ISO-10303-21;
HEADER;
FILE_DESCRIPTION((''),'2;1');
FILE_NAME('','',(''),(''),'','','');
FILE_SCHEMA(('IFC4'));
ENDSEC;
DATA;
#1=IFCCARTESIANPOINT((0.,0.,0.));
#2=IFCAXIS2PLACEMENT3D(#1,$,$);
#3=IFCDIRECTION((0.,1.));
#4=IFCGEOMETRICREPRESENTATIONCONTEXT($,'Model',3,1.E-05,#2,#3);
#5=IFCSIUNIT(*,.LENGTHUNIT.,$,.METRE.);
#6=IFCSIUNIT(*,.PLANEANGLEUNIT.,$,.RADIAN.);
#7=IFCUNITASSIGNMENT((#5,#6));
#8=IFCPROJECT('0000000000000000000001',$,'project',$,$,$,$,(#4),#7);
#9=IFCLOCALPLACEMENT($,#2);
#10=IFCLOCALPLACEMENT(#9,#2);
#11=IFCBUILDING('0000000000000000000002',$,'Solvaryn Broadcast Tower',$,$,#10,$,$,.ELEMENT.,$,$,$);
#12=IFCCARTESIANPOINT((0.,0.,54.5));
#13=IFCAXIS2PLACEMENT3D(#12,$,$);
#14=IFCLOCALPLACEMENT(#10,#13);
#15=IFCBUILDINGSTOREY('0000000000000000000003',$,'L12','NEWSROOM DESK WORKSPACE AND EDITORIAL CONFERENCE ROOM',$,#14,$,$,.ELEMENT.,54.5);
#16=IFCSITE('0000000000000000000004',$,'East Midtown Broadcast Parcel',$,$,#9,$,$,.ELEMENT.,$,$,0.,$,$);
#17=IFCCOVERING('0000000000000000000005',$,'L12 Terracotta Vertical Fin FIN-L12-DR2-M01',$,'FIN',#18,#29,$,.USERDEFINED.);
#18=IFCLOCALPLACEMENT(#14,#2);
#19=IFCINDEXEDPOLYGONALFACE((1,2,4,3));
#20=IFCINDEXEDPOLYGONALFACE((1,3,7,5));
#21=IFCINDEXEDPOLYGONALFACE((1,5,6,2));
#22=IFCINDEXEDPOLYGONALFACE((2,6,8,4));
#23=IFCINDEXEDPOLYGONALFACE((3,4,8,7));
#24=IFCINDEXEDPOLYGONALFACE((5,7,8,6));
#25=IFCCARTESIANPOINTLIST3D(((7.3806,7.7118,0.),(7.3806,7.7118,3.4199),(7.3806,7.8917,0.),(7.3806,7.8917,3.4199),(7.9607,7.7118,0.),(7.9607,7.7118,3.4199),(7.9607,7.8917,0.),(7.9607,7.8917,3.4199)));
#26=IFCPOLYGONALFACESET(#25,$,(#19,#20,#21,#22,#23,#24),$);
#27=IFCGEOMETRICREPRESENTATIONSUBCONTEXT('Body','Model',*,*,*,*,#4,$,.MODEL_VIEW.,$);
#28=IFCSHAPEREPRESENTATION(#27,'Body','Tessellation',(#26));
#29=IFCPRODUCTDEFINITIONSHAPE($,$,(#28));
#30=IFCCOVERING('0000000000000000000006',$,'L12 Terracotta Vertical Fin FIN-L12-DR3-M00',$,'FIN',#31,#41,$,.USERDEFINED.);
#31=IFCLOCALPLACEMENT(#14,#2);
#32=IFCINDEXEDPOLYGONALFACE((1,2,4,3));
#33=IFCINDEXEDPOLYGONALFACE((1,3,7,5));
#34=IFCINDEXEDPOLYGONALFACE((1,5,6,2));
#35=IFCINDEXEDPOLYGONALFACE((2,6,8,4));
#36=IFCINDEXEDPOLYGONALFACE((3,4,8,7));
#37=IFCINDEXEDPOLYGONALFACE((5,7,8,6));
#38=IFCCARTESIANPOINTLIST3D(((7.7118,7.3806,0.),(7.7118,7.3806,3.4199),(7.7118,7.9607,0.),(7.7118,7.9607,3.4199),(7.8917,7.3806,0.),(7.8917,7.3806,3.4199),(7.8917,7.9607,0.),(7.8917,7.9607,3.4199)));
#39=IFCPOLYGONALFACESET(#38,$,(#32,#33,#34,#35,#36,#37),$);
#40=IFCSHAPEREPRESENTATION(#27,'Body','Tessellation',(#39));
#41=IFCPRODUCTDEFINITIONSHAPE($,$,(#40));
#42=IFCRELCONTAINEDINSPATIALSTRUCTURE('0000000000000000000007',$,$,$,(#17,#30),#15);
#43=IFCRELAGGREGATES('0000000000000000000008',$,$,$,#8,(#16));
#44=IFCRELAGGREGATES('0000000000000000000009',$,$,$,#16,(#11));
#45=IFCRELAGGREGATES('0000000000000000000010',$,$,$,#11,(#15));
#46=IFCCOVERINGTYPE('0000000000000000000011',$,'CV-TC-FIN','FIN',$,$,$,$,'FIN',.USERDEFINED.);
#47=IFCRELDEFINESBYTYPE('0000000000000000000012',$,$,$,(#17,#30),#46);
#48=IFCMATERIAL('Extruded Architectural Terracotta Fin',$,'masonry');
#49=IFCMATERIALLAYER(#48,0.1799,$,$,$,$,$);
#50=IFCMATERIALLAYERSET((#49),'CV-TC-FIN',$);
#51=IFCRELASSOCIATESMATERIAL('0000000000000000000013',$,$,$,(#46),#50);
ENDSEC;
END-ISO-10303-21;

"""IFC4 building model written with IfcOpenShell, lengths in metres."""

from ifc_helpers import new_model, si_unit, direction, frame, origin, origin_2d, place, context, subcontext, project, spatial, rectangle, extrude, material, layer, layer_set, type_object, element, save


model = new_model("IFC4")

# Units and contexts
model_context = context("Model", 3, precision=1e-05, world=origin(), true_north=direction((0.0, 1.0)))
body_context = subcontext(model_context, "Body", "Model", "MODEL_VIEW")
ifc_project = project(units=[si_unit("LENGTHUNIT", "METRE"), si_unit("PLANEANGLEUNIT", "RADIAN")], contexts=[model_context])

# Site, building, storey
site_placement = place(None, origin())
site = spatial("IfcSite", under=ifc_project, at=site_placement, Name="East Midtown Broadcast Parcel", CompositionType="ELEMENT", RefElevation=0.0)
building_placement = place(site_placement, origin())
building = spatial("IfcBuilding", under=site, at=building_placement, Name="Solvaryn Broadcast Tower", CompositionType="ELEMENT")
storey_placement = place(building_placement, frame((0.0, 0.0, 54.5)))
storey = spatial("IfcBuildingStorey", under=building, at=storey_placement, Name="L12", Description="NEWSROOM DESK WORKSPACE AND EDITORIAL CONFERENCE ROOM", CompositionType="ELEMENT", Elevation=54.5)

# Coverings
ifc_material_1 = material(Name="Extruded Architectural Terracotta Fin", Category="masonry")
ifc_layer_1 = layer(ifc_material_1, 0.1799)
ifc_layer_set_1 = layer_set([ifc_layer_1], Name="CV-TC-FIN")
covering_type_1 = type_object("IfcCoveringType", Name="CV-TC-FIN", Description="FIN", ElementType="FIN", PredefinedType="USERDEFINED", material=ifc_layer_set_1)
covering_1_placement = place(storey_placement, frame((7.6707, 7.8018, 0.0), z_axis=(0.0, 0.0, 1.0), x_axis=(1.0, 0.0, 0.0)))
element("IfcCovering", 1, at=covering_1_placement, inside=storey, type_object=covering_type_1, Name="L12 Terracotta Vertical Fin FIN-L12-DR2-M01", ObjectType="FIN", PredefinedType="USERDEFINED", context=body_context, shape_type="SweptSolid", body=[
    extrude(rectangle(XDim=0.5801, YDim=0.1799, at=origin_2d()), origin(), (0.0, 0.0, 1.0), 3.4199),
])
covering_2_placement = place(storey_placement, frame((7.8018, 7.6707, 0.0), z_axis=(0.0, 0.0, 1.0), x_axis=(1.0, 0.0, 0.0)))
element("IfcCovering", 2, at=covering_2_placement, inside=storey, type_object=covering_type_1, Name="L12 Terracotta Vertical Fin FIN-L12-DR3-M00", ObjectType="FIN", PredefinedType="USERDEFINED", context=body_context, shape_type="SweptSolid", body=[
    extrude(rectangle(XDim=0.1799, YDim=0.5801, at=origin_2d()), origin(), (0.0, 0.0, 1.0), 3.4199),
])

save(model, "model.ifc")
